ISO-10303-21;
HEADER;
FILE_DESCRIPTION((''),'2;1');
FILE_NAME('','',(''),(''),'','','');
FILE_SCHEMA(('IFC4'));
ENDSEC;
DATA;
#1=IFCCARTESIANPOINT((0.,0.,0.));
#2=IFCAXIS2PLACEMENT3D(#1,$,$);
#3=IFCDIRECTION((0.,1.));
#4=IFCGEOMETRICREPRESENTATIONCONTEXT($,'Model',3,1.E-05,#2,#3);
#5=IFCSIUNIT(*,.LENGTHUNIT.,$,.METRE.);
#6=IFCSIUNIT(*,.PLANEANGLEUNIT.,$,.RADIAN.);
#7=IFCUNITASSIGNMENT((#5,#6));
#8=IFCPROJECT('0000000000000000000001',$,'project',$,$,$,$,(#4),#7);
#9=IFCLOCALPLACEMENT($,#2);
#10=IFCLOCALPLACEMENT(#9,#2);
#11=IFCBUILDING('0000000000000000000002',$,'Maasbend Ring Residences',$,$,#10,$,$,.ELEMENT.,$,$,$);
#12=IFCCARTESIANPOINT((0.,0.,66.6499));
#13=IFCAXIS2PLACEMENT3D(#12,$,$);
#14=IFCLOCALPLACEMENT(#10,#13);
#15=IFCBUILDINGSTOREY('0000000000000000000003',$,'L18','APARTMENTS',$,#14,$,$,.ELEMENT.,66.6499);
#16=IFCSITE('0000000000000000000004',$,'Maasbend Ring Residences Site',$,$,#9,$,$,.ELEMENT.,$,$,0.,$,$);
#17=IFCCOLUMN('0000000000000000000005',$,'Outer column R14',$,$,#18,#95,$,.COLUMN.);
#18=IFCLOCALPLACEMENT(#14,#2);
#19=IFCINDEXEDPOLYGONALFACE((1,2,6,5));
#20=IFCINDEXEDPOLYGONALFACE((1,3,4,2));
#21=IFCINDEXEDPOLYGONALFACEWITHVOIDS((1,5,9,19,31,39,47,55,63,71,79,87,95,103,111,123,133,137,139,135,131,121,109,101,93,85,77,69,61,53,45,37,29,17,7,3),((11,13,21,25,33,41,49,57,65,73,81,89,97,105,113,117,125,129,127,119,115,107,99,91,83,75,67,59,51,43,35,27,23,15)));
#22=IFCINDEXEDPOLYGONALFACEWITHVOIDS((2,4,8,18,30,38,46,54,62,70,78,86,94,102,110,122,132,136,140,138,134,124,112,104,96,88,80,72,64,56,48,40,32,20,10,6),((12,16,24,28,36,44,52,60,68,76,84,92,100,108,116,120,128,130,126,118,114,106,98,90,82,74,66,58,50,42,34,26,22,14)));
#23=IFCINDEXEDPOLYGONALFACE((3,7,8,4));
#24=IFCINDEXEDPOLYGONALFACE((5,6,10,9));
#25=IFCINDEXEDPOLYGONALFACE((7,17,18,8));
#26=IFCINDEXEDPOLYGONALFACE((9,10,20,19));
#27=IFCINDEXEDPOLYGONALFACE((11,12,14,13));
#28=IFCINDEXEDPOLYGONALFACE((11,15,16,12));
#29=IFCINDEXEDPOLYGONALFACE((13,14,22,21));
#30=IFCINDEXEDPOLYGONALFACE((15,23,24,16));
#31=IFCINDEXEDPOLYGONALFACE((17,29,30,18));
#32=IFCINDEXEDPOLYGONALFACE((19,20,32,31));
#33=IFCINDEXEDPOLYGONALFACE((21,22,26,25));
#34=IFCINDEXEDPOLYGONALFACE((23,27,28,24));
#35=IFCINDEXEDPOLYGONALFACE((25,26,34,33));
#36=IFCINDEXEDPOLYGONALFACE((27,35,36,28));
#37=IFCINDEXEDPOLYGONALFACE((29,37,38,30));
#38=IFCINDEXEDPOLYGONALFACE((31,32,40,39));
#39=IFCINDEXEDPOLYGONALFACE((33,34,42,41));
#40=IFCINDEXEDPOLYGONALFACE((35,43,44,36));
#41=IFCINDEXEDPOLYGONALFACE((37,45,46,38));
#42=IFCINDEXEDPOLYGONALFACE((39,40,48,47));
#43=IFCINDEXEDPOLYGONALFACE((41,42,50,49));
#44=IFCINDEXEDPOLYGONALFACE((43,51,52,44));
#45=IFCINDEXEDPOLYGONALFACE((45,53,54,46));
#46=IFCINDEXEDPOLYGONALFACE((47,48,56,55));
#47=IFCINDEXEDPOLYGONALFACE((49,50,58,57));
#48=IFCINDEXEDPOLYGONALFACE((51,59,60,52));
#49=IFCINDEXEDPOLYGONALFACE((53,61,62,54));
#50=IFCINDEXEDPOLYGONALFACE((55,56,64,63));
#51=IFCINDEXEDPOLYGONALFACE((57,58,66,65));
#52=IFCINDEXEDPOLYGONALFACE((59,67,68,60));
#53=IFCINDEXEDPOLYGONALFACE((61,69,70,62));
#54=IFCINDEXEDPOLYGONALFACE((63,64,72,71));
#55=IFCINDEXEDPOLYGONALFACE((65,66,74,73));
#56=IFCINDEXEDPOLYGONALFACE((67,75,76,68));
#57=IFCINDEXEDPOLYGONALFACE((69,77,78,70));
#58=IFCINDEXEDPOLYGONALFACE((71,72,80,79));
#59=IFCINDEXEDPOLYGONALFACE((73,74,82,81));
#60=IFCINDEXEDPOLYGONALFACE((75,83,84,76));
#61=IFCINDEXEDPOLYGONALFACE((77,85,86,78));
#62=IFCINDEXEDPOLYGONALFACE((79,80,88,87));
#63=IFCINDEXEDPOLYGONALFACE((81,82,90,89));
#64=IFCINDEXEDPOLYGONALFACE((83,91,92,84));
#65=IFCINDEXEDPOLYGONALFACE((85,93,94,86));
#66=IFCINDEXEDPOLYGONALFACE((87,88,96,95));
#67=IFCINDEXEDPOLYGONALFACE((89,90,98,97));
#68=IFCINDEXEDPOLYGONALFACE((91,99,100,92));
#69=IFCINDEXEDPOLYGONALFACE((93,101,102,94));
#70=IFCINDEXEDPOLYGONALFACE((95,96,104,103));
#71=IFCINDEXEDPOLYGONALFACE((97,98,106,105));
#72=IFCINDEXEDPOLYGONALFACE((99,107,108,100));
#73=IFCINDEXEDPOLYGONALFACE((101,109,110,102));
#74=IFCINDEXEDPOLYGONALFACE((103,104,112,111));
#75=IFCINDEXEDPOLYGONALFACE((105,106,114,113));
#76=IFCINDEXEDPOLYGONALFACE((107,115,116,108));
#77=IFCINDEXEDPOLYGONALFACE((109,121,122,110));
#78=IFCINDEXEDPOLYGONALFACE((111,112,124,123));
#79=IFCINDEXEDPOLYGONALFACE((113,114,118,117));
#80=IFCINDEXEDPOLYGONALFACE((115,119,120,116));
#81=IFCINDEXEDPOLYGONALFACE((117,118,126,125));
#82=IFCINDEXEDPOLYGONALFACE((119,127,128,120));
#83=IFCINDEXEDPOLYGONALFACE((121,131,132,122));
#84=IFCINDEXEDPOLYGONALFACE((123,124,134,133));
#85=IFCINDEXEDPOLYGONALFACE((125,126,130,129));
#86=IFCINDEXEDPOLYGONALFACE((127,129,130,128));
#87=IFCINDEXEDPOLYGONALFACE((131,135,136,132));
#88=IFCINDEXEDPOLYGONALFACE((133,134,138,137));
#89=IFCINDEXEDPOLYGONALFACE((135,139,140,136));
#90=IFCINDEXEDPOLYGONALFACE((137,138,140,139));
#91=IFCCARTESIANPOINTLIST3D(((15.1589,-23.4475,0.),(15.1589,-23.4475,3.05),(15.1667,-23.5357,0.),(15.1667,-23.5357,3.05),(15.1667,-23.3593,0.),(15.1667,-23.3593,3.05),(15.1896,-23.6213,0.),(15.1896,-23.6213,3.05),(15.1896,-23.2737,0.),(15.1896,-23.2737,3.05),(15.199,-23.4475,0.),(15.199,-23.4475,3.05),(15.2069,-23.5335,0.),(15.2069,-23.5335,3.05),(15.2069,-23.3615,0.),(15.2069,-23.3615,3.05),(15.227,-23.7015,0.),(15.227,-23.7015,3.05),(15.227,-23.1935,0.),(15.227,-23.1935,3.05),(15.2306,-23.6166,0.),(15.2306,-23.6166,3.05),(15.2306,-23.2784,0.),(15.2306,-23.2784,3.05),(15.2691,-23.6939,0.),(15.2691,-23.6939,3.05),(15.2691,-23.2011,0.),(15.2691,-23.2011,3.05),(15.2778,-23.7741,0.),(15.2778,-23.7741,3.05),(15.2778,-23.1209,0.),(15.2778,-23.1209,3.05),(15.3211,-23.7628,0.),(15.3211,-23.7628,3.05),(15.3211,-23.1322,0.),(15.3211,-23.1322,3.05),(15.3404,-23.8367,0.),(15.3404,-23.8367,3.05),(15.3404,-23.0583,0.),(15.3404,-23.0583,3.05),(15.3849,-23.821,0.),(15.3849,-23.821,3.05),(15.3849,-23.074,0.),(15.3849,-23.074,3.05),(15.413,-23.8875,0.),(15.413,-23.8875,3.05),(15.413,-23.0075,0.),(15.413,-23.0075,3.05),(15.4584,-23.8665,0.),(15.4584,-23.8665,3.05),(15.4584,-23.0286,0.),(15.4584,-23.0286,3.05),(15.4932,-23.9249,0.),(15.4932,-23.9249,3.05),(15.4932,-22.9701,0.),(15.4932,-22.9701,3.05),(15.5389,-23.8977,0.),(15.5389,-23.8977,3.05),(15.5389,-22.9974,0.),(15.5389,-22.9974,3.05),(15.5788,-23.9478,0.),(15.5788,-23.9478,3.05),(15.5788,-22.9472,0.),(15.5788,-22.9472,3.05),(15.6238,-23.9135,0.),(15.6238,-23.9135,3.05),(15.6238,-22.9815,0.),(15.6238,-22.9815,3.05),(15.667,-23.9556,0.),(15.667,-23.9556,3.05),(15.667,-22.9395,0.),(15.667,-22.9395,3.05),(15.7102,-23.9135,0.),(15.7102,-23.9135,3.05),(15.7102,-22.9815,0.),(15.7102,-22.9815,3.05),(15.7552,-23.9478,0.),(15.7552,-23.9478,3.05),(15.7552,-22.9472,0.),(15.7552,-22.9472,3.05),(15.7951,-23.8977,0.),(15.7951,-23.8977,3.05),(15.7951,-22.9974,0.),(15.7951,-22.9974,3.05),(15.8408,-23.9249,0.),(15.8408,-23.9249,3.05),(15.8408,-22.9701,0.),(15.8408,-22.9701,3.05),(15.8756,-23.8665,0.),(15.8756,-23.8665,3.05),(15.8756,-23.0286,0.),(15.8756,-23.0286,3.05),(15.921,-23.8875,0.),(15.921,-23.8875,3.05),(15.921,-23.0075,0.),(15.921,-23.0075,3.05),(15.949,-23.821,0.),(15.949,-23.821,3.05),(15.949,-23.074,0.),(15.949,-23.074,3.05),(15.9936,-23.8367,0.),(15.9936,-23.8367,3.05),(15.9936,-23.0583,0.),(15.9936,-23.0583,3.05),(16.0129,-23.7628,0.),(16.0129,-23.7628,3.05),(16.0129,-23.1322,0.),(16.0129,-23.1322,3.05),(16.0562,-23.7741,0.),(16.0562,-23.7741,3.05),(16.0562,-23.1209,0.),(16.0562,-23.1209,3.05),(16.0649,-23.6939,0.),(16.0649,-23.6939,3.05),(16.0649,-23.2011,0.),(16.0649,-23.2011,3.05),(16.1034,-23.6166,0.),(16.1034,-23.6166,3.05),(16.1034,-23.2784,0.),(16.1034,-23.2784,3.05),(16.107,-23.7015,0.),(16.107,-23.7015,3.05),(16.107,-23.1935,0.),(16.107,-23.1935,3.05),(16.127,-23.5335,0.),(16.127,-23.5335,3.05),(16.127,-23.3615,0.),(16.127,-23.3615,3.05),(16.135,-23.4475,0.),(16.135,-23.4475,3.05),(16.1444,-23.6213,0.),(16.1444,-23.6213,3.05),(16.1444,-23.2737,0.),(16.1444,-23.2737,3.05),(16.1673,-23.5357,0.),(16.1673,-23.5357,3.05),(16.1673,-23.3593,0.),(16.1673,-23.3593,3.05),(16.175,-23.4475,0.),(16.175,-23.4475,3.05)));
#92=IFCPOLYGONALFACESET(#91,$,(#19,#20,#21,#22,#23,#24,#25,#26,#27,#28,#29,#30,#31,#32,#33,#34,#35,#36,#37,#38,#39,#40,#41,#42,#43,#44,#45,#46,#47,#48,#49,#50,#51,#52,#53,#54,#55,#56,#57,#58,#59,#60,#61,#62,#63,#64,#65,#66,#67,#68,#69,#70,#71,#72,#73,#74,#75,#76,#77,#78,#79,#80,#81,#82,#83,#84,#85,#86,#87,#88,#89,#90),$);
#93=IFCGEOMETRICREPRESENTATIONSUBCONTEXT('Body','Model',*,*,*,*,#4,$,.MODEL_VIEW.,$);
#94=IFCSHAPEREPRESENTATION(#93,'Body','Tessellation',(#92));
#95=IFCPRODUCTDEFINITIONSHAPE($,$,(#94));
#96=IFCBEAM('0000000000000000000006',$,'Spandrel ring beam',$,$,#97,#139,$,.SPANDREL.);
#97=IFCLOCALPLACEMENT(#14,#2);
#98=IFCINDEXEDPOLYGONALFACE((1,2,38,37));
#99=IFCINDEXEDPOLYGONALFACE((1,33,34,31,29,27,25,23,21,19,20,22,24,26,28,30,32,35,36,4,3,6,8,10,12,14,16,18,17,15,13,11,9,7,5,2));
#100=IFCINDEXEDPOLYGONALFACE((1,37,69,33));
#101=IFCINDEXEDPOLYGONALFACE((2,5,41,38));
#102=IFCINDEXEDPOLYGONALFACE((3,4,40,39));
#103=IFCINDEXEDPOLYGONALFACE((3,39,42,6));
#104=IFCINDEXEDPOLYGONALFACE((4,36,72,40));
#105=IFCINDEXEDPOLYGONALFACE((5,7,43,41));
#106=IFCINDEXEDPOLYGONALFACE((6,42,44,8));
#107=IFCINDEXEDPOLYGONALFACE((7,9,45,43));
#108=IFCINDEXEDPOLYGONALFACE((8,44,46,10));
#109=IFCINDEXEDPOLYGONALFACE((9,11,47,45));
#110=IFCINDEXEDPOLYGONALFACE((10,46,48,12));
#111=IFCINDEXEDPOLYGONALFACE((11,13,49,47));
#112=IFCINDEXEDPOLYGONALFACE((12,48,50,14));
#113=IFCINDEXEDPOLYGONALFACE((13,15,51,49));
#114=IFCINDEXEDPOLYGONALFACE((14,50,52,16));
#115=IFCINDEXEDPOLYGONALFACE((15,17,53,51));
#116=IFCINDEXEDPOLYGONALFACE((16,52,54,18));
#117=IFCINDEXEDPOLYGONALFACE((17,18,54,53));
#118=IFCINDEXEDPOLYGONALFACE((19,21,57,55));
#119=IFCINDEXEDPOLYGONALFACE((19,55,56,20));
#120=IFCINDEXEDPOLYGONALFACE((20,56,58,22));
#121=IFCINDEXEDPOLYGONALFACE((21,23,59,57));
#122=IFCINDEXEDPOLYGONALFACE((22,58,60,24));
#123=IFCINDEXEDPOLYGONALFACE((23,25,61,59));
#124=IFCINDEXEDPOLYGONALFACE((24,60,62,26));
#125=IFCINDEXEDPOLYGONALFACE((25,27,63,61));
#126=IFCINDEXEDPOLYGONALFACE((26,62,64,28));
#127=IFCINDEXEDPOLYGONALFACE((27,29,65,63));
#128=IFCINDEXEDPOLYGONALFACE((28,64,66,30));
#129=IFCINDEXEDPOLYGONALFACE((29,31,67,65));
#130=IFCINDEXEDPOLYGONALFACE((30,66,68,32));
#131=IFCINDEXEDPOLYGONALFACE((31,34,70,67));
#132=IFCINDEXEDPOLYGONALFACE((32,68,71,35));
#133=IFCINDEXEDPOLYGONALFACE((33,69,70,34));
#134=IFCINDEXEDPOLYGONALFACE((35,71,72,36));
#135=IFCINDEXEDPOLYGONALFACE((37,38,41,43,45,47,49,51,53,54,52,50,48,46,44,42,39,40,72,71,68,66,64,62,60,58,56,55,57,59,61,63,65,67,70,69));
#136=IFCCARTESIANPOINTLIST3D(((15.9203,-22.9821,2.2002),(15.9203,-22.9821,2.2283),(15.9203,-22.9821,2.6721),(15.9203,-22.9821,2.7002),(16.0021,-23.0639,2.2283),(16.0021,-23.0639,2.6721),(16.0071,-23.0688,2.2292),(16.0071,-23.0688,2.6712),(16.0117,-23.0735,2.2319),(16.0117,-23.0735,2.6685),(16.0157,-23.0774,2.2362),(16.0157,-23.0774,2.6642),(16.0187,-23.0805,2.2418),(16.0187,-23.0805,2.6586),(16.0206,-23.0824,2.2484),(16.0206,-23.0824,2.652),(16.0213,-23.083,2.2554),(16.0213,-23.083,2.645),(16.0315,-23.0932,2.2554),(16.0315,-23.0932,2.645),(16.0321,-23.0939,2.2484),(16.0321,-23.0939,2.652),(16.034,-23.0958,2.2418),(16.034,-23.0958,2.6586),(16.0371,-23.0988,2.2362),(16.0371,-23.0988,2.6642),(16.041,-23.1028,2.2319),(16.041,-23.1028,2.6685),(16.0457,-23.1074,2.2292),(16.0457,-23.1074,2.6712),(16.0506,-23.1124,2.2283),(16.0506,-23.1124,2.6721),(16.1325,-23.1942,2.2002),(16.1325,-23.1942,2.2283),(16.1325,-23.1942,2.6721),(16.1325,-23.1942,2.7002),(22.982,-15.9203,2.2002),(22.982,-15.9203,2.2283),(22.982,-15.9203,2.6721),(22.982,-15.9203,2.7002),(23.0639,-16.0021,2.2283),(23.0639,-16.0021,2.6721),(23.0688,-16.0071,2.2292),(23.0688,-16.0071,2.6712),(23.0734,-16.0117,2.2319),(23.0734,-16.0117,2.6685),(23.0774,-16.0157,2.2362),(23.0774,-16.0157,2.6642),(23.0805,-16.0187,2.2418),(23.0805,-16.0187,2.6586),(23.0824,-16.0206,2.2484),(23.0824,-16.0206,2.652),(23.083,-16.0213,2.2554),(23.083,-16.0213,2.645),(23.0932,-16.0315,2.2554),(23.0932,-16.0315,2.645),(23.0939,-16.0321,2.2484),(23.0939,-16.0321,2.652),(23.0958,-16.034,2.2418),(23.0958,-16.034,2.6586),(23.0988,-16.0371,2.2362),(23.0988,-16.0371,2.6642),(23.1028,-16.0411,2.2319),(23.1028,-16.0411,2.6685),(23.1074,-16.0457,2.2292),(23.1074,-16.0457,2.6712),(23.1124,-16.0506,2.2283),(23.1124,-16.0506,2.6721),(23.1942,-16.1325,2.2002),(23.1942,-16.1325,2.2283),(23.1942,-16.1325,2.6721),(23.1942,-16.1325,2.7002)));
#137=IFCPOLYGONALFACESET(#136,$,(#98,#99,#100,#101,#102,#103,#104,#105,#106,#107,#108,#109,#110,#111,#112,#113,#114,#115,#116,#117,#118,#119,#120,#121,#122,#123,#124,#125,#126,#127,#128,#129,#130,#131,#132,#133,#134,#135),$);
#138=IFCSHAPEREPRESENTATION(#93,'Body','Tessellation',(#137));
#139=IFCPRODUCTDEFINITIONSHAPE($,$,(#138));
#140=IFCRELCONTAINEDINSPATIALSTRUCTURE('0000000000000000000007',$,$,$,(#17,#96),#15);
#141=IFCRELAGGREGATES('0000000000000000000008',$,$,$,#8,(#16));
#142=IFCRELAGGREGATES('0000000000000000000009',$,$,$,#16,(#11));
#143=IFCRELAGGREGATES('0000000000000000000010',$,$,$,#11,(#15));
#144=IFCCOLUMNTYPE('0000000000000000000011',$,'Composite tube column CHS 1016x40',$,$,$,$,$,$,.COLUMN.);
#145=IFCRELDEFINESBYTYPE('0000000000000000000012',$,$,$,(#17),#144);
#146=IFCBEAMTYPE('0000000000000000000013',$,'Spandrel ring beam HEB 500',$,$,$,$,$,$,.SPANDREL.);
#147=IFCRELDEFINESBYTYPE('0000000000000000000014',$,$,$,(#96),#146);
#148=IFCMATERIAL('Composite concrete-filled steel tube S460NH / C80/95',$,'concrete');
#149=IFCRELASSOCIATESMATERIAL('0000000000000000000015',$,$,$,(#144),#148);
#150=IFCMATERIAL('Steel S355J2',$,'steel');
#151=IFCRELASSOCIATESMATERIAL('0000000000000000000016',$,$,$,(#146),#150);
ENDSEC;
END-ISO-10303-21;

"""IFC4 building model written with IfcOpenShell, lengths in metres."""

from ifc_helpers import new_model, si_unit, direction, frame, origin, origin_2d, place, context, subcontext, project, spatial, hollow_circle, i_section, extrude, material, material_profile, profile_set, type_object, element, save


model = new_model("IFC4")

# Units and contexts
model_context = context("Model", 3, precision=1e-05, world=origin(), true_north=direction((0.0, 1.0)))
body_context = subcontext(model_context, "Body", "Model", "MODEL_VIEW")
ifc_project = project(units=[si_unit("LENGTHUNIT", "METRE"), si_unit("PLANEANGLEUNIT", "RADIAN")], contexts=[model_context])

# Site, building, storey
site_placement = place(None, origin())
site = spatial("IfcSite", under=ifc_project, at=site_placement, Name="Maasbend Ring Residences Site", CompositionType="ELEMENT", RefElevation=0.0)
building_placement = place(site_placement, origin())
building = spatial("IfcBuilding", under=site, at=building_placement, Name="Maasbend Ring Residences", CompositionType="ELEMENT")
storey_placement = place(building_placement, frame((0.0, 0.0, 66.6499)))
storey = spatial("IfcBuildingStorey", under=building, at=storey_placement, Name="L18", Description="APARTMENTS", CompositionType="ELEMENT", Elevation=66.6499)

# Column
ifc_material_1 = material(Name="Composite concrete-filled steel tube S460NH / C80/95", Category="concrete")
ifc_material_profile_1 = material_profile(ifc_material_1, hollow_circle(Radius=0.5081, WallThickness=0.04, at=origin_2d()), Name="Composite tube column CHS 1016x40")
ifc_profile_set_1 = profile_set([ifc_material_profile_1], Name="Composite concrete-filled steel tube S460NH / C80/95")
column_type = type_object("IfcColumnType", Name="Composite tube column CHS 1016x40", PredefinedType="COLUMN", material=ifc_profile_set_1)
column_placement = place(storey_placement, frame((15.667, -23.4475, 0.0), z_axis=(0.0, 0.0, 1.0), x_axis=(1.0, 0.0, 0.0)))
element("IfcColumn", 1, at=column_placement, inside=storey, type_object=column_type, Name="Outer column R14", PredefinedType="COLUMN", context=body_context, shape_type="SweptSolid", body=[
    extrude(hollow_circle(Radius=0.5081, WallThickness=0.04, at=origin_2d()), origin(), (0.0, 0.0, 1.0), 3.05),
])

# Beam
ifc_material_2 = material(Name="Steel S355J2", Category="steel")
ifc_material_profile_2 = material_profile(ifc_material_2, i_section(OverallWidth=0.3, OverallDepth=0.5, WebThickness=0.0144, FlangeThickness=0.0281, FilletRadius=0.0271, at=origin_2d()), Name="HEB 500")
ifc_profile_set_2 = profile_set([ifc_material_profile_2], Name="Steel S355J2")
beam_type = type_object("IfcBeamType", Name="Spandrel ring beam HEB 500", PredefinedType="SPANDREL", material=ifc_profile_set_2)
beam_placement = place(storey_placement, frame((16.0264, -23.0881, 2.4502), z_axis=(0.707107, 0.707107, 0.0), x_axis=(-0.707107, 0.707107, 0.0)))
element("IfcBeam", 2, at=beam_placement, inside=storey, type_object=beam_type, Name="Spandrel ring beam", PredefinedType="SPANDREL", context=body_context, shape_type="SweptSolid", body=[
    extrude(i_section(OverallWidth=0.3, OverallDepth=0.5, WebThickness=0.0144, FlangeThickness=0.0281, FilletRadius=0.0271, at=origin_2d()), origin(), (0.0, 0.0, 1.0), 9.9868),
])

save(model, "model.ifc")
